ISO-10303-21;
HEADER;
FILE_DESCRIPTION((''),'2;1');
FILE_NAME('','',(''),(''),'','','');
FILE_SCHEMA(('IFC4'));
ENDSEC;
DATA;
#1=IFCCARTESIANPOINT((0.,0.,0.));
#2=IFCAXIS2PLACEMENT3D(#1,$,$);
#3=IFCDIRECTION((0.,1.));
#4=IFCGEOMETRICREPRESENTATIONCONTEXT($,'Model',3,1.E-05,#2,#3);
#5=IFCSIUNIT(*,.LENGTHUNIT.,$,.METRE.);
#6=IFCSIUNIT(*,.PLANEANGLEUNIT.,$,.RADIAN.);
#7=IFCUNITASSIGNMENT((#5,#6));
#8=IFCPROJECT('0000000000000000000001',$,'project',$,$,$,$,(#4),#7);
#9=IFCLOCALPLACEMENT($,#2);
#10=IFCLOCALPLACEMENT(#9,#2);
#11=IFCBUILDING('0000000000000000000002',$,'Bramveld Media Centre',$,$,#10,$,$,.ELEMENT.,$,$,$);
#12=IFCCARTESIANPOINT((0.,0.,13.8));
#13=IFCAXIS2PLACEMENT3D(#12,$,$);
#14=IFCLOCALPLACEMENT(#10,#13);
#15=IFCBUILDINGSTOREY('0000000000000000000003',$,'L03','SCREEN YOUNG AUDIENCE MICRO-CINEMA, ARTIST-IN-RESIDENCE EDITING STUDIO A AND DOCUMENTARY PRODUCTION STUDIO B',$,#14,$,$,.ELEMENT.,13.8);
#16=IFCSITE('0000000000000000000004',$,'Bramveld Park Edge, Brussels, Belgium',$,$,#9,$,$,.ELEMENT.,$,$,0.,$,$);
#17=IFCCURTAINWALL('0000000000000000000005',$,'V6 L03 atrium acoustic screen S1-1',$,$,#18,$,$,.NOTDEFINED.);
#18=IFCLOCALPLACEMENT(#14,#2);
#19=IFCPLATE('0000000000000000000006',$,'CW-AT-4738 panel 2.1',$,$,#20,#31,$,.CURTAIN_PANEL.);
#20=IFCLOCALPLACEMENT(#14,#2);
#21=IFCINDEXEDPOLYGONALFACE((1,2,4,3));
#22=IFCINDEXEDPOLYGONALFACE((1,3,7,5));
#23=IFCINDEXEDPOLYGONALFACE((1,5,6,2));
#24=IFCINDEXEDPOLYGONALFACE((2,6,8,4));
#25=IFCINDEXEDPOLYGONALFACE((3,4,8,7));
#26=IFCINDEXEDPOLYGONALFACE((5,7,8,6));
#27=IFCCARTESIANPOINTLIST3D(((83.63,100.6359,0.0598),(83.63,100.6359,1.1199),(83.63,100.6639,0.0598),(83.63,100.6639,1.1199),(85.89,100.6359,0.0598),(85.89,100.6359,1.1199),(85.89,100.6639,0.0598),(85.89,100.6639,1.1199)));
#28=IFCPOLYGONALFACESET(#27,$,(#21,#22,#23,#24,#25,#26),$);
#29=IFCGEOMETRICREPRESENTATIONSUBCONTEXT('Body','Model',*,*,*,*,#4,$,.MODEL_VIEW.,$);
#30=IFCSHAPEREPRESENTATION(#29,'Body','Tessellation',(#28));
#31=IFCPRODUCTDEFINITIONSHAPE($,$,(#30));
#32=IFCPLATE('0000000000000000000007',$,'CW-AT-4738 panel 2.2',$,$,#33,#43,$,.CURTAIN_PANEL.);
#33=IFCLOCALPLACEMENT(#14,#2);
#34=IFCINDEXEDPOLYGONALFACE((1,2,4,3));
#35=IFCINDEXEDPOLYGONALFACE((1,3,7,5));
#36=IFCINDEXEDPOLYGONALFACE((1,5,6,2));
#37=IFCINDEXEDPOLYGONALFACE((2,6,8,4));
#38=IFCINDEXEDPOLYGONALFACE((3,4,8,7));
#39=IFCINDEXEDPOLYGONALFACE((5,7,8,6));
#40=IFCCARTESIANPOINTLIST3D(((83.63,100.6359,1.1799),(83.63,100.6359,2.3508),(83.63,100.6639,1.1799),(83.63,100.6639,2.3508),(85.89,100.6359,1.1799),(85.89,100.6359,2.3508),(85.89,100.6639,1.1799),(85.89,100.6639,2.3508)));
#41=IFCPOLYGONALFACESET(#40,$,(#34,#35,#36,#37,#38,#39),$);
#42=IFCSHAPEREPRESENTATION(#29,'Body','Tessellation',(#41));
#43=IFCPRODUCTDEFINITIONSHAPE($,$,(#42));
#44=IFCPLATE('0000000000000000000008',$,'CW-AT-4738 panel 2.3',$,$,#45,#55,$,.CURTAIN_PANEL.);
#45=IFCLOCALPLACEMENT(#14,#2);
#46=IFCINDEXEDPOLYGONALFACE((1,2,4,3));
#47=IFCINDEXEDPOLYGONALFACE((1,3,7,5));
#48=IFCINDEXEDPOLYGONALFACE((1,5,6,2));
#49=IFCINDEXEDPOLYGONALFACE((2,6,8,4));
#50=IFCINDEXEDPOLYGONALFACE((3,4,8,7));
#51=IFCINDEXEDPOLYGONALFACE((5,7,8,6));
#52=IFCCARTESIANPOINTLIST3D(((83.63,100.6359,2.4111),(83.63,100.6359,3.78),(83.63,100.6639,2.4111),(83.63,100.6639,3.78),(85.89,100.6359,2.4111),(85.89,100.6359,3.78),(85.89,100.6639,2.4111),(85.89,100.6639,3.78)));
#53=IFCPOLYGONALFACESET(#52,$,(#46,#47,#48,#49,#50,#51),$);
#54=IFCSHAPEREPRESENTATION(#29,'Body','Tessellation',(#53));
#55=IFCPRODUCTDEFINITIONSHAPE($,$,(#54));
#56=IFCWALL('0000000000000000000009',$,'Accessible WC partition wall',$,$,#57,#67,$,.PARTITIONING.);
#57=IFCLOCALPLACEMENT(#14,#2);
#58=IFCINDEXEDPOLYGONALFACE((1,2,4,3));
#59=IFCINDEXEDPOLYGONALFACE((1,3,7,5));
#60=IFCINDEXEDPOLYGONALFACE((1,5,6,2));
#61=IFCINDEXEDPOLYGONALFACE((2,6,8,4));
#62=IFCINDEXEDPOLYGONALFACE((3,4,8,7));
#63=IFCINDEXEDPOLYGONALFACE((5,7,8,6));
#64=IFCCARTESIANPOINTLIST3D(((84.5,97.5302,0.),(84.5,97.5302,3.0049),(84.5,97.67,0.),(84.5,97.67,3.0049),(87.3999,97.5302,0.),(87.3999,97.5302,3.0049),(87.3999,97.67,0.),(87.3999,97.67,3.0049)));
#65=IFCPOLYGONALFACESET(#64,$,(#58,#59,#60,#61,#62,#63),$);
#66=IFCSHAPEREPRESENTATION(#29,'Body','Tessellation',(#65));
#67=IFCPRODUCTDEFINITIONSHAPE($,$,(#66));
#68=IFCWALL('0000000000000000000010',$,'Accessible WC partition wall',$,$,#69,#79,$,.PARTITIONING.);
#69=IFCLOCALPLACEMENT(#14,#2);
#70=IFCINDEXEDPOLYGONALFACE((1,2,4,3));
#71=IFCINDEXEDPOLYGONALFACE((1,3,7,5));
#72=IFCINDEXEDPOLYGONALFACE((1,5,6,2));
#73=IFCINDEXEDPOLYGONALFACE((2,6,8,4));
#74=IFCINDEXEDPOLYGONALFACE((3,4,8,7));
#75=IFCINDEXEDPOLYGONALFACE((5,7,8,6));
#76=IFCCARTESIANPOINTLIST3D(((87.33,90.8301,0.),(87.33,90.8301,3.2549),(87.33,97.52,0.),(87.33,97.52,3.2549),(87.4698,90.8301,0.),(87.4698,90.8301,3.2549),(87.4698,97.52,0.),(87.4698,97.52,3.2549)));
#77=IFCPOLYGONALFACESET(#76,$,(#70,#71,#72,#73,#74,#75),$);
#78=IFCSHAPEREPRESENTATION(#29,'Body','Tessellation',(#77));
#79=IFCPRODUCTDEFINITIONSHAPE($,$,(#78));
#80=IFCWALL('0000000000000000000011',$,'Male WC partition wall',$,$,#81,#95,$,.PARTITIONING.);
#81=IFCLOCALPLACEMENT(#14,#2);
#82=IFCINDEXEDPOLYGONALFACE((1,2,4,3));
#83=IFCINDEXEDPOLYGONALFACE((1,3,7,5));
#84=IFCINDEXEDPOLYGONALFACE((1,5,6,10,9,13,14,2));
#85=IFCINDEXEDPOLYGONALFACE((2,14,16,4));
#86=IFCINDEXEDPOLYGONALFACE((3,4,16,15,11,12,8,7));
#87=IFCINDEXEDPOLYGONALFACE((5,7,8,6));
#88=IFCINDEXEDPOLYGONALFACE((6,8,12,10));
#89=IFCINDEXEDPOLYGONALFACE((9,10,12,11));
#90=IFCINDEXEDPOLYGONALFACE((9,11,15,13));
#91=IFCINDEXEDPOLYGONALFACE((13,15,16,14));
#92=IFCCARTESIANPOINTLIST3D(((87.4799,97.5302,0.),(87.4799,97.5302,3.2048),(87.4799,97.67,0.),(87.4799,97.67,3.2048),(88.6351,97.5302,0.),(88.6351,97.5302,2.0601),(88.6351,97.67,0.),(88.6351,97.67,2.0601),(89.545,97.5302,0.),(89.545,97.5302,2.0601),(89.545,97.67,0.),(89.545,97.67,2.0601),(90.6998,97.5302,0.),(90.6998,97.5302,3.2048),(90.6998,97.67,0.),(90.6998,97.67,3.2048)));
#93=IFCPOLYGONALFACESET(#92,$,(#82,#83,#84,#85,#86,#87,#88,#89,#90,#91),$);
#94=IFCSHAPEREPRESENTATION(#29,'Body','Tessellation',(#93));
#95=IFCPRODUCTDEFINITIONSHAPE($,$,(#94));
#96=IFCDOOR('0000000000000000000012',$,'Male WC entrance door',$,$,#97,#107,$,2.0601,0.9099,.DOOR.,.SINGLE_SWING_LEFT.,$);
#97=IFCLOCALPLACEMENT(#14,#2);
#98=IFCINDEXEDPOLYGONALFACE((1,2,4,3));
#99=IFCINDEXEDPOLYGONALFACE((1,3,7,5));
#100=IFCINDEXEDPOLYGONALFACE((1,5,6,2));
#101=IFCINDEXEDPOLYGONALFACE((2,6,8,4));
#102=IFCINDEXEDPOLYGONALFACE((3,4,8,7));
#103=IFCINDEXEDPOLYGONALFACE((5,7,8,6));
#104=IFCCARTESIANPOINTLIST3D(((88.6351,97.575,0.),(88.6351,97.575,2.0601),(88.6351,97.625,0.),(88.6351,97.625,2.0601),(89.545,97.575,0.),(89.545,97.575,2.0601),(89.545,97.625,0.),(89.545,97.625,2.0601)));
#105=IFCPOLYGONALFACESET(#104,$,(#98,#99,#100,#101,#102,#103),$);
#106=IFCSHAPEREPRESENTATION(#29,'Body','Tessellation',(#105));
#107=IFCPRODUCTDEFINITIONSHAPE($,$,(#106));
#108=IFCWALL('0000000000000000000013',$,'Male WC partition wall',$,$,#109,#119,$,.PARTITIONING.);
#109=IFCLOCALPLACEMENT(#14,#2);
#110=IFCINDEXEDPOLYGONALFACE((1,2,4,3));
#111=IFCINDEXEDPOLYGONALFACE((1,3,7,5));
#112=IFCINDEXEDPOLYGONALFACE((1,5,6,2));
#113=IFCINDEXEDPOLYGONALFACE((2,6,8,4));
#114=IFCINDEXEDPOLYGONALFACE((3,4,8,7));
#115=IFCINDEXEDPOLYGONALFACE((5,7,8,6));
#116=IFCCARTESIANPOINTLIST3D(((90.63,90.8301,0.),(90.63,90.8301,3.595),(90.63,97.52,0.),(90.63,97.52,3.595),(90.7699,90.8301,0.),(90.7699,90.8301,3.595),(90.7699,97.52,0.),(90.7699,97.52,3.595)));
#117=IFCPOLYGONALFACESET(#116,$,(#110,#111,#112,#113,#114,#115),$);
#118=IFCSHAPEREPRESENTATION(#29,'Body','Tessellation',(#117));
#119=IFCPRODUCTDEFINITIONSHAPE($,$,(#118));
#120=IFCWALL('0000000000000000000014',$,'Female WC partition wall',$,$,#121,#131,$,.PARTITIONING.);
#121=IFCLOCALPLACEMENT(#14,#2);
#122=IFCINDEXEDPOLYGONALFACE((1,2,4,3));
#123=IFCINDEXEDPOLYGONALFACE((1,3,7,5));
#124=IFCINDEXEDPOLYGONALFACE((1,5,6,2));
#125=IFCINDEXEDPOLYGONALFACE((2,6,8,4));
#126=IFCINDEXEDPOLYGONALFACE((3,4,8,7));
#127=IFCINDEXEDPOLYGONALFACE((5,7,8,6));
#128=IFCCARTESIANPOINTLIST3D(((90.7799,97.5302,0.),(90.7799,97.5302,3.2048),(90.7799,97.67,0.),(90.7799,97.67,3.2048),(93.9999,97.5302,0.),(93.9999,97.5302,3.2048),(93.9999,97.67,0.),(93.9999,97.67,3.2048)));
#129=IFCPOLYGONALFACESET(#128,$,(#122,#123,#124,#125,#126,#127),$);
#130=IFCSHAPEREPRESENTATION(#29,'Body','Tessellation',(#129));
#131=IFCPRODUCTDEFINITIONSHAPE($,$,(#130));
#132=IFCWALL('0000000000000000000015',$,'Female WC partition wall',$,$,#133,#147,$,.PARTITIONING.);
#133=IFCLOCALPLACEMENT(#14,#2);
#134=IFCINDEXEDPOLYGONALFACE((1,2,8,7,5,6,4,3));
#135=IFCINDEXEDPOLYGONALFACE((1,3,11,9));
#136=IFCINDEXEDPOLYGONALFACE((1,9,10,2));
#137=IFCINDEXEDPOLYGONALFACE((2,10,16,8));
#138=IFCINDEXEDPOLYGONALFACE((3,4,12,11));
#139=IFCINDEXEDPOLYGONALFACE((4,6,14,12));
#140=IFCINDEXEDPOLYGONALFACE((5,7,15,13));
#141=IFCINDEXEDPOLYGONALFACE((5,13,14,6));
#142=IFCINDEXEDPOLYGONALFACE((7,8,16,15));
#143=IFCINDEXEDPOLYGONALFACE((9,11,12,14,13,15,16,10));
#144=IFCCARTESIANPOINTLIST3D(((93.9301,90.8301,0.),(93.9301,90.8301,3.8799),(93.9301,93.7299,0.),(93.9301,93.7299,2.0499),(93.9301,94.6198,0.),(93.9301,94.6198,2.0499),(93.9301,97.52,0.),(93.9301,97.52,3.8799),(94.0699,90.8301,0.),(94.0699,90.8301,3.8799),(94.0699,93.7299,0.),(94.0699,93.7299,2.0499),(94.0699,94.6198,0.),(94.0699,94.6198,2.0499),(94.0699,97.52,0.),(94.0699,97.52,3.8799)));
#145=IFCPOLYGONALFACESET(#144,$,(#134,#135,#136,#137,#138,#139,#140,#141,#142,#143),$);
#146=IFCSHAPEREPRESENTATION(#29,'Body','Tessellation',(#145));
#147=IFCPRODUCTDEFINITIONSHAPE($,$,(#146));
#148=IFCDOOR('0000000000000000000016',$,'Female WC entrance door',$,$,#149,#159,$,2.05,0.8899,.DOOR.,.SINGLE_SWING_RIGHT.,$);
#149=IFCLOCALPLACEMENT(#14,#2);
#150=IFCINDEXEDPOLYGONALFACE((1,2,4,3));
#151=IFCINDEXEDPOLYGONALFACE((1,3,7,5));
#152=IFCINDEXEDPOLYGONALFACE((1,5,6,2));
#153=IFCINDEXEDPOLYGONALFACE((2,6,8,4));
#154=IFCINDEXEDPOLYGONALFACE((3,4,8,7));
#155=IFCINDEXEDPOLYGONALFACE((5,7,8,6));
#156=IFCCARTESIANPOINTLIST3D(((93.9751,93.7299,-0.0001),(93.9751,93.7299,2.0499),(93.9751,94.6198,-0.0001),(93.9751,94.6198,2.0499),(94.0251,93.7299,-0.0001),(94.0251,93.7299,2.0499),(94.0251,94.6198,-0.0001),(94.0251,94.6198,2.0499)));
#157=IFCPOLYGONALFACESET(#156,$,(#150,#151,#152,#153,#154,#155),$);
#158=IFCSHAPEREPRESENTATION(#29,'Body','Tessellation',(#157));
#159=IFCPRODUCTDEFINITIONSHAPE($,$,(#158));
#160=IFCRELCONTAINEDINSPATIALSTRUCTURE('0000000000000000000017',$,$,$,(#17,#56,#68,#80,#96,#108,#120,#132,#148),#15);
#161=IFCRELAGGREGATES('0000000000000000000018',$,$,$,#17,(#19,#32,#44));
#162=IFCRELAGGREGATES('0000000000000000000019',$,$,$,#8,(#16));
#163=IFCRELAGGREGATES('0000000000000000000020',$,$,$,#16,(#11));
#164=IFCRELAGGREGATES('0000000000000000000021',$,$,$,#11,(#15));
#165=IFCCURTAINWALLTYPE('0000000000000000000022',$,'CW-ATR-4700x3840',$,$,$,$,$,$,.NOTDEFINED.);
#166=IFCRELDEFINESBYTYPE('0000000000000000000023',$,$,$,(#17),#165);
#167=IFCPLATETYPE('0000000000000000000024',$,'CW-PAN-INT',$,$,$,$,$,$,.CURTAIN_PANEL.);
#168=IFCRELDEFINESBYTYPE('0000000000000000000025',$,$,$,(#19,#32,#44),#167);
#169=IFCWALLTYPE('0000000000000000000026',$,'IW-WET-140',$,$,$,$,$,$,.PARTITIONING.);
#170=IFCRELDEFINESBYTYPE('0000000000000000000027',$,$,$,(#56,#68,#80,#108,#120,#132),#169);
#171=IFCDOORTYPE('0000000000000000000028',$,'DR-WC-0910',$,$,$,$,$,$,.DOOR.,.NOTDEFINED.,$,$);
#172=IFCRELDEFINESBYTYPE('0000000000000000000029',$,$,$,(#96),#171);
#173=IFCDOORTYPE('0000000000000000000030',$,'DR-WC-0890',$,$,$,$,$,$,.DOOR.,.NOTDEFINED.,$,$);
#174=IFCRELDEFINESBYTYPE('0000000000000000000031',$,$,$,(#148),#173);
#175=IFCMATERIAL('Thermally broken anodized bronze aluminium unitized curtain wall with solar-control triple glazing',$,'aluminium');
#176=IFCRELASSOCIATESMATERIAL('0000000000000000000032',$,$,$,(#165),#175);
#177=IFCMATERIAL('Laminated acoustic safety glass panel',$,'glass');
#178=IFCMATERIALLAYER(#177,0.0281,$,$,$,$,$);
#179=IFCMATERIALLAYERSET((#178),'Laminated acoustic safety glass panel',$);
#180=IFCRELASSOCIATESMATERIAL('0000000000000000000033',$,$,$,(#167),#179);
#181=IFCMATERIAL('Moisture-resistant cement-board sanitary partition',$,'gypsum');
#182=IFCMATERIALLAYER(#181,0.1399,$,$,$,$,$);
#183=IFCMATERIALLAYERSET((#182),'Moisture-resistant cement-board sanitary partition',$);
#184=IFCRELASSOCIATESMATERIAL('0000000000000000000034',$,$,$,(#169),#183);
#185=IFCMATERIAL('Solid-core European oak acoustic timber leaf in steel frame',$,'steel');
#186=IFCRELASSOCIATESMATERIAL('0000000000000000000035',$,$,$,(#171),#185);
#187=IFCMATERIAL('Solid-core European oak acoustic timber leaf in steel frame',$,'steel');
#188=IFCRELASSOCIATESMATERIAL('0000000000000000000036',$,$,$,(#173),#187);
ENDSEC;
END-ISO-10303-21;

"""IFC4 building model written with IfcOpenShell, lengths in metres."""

from ifc_helpers import new_model, si_unit, direction, frame, frame_2d, origin, origin_2d, place, context, subcontext, project, spatial, rectangle, extrude, material, layer, layer_set, type_object, element, fill, aggregate, save


model = new_model("IFC4")

# Units and contexts
model_context = context("Model", 3, precision=1e-05, world=origin(), true_north=direction((0.0, 1.0)))
body_context = subcontext(model_context, "Body", "Model", "MODEL_VIEW")
ifc_project = project(units=[si_unit("LENGTHUNIT", "METRE"), si_unit("PLANEANGLEUNIT", "RADIAN")], contexts=[model_context])

# Site, building, storey
site_placement = place(None, origin())
site = spatial("IfcSite", under=ifc_project, at=site_placement, Name="Bramveld Park Edge, Brussels, Belgium", CompositionType="ELEMENT", RefElevation=0.0)
building_placement = place(site_placement, origin())
building = spatial("IfcBuilding", under=site, at=building_placement, Name="Bramveld Media Centre", CompositionType="ELEMENT")
storey_placement = place(building_placement, frame((0.0, 0.0, 13.8)))
storey = spatial("IfcBuildingStorey", under=building, at=storey_placement, Name="L03", Description="SCREEN YOUNG AUDIENCE MICRO-CINEMA, ARTIST-IN-RESIDENCE EDITING STUDIO A AND DOCUMENTARY PRODUCTION STUDIO B", CompositionType="ELEMENT", Elevation=13.8)

# Curtain wall, plates
ifc_material_1 = material(Name="Thermally broken anodized bronze aluminium unitized curtain wall with solar-control triple glazing", Category="aluminium")
curtain_wall_type = type_object("IfcCurtainWallType", Name="CW-ATR-4700x3840", PredefinedType="NOTDEFINED", material=ifc_material_1)
curtain_wall_placement = place(storey_placement, origin())
curtain_wall = element("IfcCurtainWall", 1, at=curtain_wall_placement, inside=storey, type_object=curtain_wall_type, Name="V6 L03 atrium acoustic screen S1-1", PredefinedType="NOTDEFINED")
ifc_material_2 = material(Name="Laminated acoustic safety glass panel", Category="glass")
ifc_layer_1 = layer(ifc_material_2, 0.0281)
ifc_layer_set_1 = layer_set([ifc_layer_1], Name="Laminated acoustic safety glass panel")
plate_type = type_object("IfcPlateType", Name="CW-PAN-INT", PredefinedType="CURTAIN_PANEL", material=ifc_layer_set_1)
plate_1_placement = place(storey_placement, frame((84.76, 100.6499, 0.0598), z_axis=(0.0, 0.0, 1.0), x_axis=(1.0, 0.0, 0.0)))
plate_1 = element("IfcPlate", 2, at=plate_1_placement, type_object=plate_type, Name="CW-AT-4738 panel 2.1", PredefinedType="CURTAIN_PANEL", context=body_context, shape_type="SweptSolid", body=[
    extrude(rectangle(XDim=2.26, YDim=0.0281, at=origin_2d()), origin(), (0.0, 0.0, 1.0), 1.0601),
])
plate_2_placement = place(storey_placement, frame((84.76, 100.6499, 1.1799), z_axis=(0.0, 0.0, 1.0), x_axis=(1.0, 0.0, 0.0)))
plate_2 = element("IfcPlate", 3, at=plate_2_placement, type_object=plate_type, Name="CW-AT-4738 panel 2.2", PredefinedType="CURTAIN_PANEL", context=body_context, shape_type="SweptSolid", body=[
    extrude(rectangle(XDim=2.26, YDim=0.0281, at=origin_2d()), origin(), (0.0, 0.0, 1.0), 1.1709),
])
plate_3_placement = place(storey_placement, frame((84.76, 100.6499, 2.4111), z_axis=(0.0, 0.0, 1.0), x_axis=(1.0, 0.0, 0.0)))
plate_3 = element("IfcPlate", 4, at=plate_3_placement, type_object=plate_type, Name="CW-AT-4738 panel 2.3", PredefinedType="CURTAIN_PANEL", context=body_context, shape_type="SweptSolid", body=[
    extrude(rectangle(XDim=2.26, YDim=0.0281, at=origin_2d()), origin(), (0.0, 0.0, 1.0), 1.3689),
])
aggregate(curtain_wall, [plate_1, plate_2, plate_3])

# Walls
ifc_material_3 = material(Name="Moisture-resistant cement-board sanitary partition", Category="gypsum")
ifc_layer_2 = layer(ifc_material_3, 0.1399)
ifc_layer_set_2 = layer_set([ifc_layer_2], Name="Moisture-resistant cement-board sanitary partition")
wall_type = type_object("IfcWallType", Name="IW-WET-140", PredefinedType="PARTITIONING", material=ifc_layer_set_2)
wall_1_placement = place(storey_placement, frame((84.5, 97.6001, 0.0), z_axis=(0.0, 0.0, 1.0), x_axis=(1.0, 0.0, 0.0)))
element("IfcWall", 5, at=wall_1_placement, inside=storey, type_object=wall_type, Name="Accessible WC partition wall", PredefinedType="PARTITIONING", context=body_context, shape_type="SweptSolid", body=[
    extrude(rectangle(XDim=2.8999, YDim=0.1399, at=frame_2d((1.45, 0.0))), origin(), (0.0, 0.0, 1.0), 3.0049),
])
wall_2_placement = place(storey_placement, frame((87.3999, 90.8301, 0.0), z_axis=(0.0, 0.0, 1.0), x_axis=(0.0, 1.0, 0.0)))
element("IfcWall", 6, at=wall_2_placement, inside=storey, type_object=wall_type, Name="Accessible WC partition wall", PredefinedType="PARTITIONING", context=body_context, shape_type="SweptSolid", body=[
    extrude(rectangle(XDim=6.6899, YDim=0.1399, at=frame_2d((3.345, 0.0))), origin(), (0.0, 0.0, 1.0), 3.2549),
])

# Wall, opening, door
wall_3_placement = place(storey_placement, frame((87.48, 97.6001, 0.0), z_axis=(0.0, 0.0, 1.0), x_axis=(1.0, 0.0, 0.0)))
wall_3 = element("IfcWall", 7, at=wall_3_placement, inside=storey, type_object=wall_type, Name="Male WC partition wall", PredefinedType="PARTITIONING", context=body_context, shape_type="SweptSolid", body=[
    extrude(rectangle(XDim=3.22, YDim=0.1399, at=frame_2d((1.6099, 0.0))), origin(), (0.0, 0.0, 1.0), 3.2048),
])
opening_1_placement = place(wall_3_placement, frame((1.155, 0.0, 0.0)))
opening_1 = element("IfcOpeningElement", 8, at=opening_1_placement, cuts=wall_3, PredefinedType="OPENING", context=body_context, shape_type="SweptSolid", body=[
    extrude(rectangle(XDim=0.9099, YDim=2.0601, at=frame_2d((0.4551, 1.03))), frame((0.0, 0.082, 0.0), z_axis=(0.0, -1.0, 0.0), x_axis=(1.0, 0.0, 0.0)), (0.0, 0.0, 1.0), 0.1638),
])
ifc_material_4 = material(Name="Solid-core European oak acoustic timber leaf in steel frame", Category="steel")
door_type_1 = type_object("IfcDoorType", Name="DR-WC-0910", OperationType="NOTDEFINED", PredefinedType="DOOR", material=ifc_material_4)
door_1_placement = place(opening_1_placement, origin())
door_1 = element("IfcDoor", 9, at=door_1_placement, inside=storey, type_object=door_type_1, Name="Male WC entrance door", OperationType="SINGLE_SWING_LEFT", OverallHeight=2.0601, OverallWidth=0.9099, PredefinedType="DOOR", context=body_context, shape_type="SweptSolid", body=[
    extrude(rectangle(XDim=0.9099, YDim=2.0601, at=frame_2d((0.4551, 1.03))), frame((0.0, 0.0249, 0.0), z_axis=(0.0, -1.0, 0.0), x_axis=(1.0, 0.0, 0.0)), (0.0, 0.0, 1.0), 0.05),
])
fill(opening_1, door_1)

# Walls
wall_4_placement = place(storey_placement, frame((90.7, 90.8301, 0.0), z_axis=(0.0, 0.0, 1.0), x_axis=(0.0, 1.0, 0.0)))
element("IfcWall", 10, at=wall_4_placement, inside=storey, type_object=wall_type, Name="Male WC partition wall", PredefinedType="PARTITIONING", context=body_context, shape_type="SweptSolid", body=[
    extrude(rectangle(XDim=6.6899, YDim=0.1399, at=frame_2d((3.345, 0.0))), origin(), (0.0, 0.0, 1.0), 3.595),
])
wall_5_placement = place(storey_placement, frame((90.78, 97.6001, 0.0), z_axis=(0.0, 0.0, 1.0), x_axis=(1.0, 0.0, 0.0)))
element("IfcWall", 11, at=wall_5_placement, inside=storey, type_object=wall_type, Name="Female WC partition wall", PredefinedType="PARTITIONING", context=body_context, shape_type="SweptSolid", body=[
    extrude(rectangle(XDim=3.22, YDim=0.1399, at=frame_2d((1.6099, 0.0))), origin(), (0.0, 0.0, 1.0), 3.2048),
])

# Wall, opening, door
wall_6_placement = place(storey_placement, frame((94.0, 90.8301, 0.0), z_axis=(0.0, 0.0, 1.0), x_axis=(0.0, 1.0, 0.0)))
wall_6 = element("IfcWall", 12, at=wall_6_placement, inside=storey, type_object=wall_type, Name="Female WC partition wall", PredefinedType="PARTITIONING", context=body_context, shape_type="SweptSolid", body=[
    extrude(rectangle(XDim=6.6899, YDim=0.1399, at=frame_2d((3.345, 0.0))), origin(), (0.0, 0.0, 1.0), 3.8799),
])
opening_2_placement = place(wall_6_placement, frame((2.8999, 0.0, 0.0)))
opening_2 = element("IfcOpeningElement", 13, at=opening_2_placement, cuts=wall_6, PredefinedType="OPENING", context=body_context, shape_type="SweptSolid", body=[
    extrude(rectangle(XDim=0.8899, YDim=2.05, at=frame_2d((0.4448, 1.0249))), frame((0.0, 0.082, 0.0), z_axis=(0.0, -1.0, 0.0), x_axis=(1.0, 0.0, 0.0)), (0.0, 0.0, 1.0), 0.1638),
])
ifc_material_5 = material(Name="Solid-core European oak acoustic timber leaf in steel frame", Category="steel")
door_type_2 = type_object("IfcDoorType", Name="DR-WC-0890", OperationType="NOTDEFINED", PredefinedType="DOOR", material=ifc_material_5)
door_2_placement = place(opening_2_placement, origin())
door_2 = element("IfcDoor", 14, at=door_2_placement, inside=storey, type_object=door_type_2, Name="Female WC entrance door", OperationType="SINGLE_SWING_RIGHT", OverallHeight=2.05, OverallWidth=0.8899, PredefinedType="DOOR", context=body_context, shape_type="SweptSolid", body=[
    extrude(rectangle(XDim=0.8899, YDim=2.05, at=frame_2d((0.4448, 1.0249))), frame((0.0, 0.0249, 0.0), z_axis=(0.0, -1.0, 0.0), x_axis=(1.0, 0.0, 0.0)), (0.0, 0.0, 1.0), 0.05),
])
fill(opening_2, door_2)

save(model, "model.ifc")
